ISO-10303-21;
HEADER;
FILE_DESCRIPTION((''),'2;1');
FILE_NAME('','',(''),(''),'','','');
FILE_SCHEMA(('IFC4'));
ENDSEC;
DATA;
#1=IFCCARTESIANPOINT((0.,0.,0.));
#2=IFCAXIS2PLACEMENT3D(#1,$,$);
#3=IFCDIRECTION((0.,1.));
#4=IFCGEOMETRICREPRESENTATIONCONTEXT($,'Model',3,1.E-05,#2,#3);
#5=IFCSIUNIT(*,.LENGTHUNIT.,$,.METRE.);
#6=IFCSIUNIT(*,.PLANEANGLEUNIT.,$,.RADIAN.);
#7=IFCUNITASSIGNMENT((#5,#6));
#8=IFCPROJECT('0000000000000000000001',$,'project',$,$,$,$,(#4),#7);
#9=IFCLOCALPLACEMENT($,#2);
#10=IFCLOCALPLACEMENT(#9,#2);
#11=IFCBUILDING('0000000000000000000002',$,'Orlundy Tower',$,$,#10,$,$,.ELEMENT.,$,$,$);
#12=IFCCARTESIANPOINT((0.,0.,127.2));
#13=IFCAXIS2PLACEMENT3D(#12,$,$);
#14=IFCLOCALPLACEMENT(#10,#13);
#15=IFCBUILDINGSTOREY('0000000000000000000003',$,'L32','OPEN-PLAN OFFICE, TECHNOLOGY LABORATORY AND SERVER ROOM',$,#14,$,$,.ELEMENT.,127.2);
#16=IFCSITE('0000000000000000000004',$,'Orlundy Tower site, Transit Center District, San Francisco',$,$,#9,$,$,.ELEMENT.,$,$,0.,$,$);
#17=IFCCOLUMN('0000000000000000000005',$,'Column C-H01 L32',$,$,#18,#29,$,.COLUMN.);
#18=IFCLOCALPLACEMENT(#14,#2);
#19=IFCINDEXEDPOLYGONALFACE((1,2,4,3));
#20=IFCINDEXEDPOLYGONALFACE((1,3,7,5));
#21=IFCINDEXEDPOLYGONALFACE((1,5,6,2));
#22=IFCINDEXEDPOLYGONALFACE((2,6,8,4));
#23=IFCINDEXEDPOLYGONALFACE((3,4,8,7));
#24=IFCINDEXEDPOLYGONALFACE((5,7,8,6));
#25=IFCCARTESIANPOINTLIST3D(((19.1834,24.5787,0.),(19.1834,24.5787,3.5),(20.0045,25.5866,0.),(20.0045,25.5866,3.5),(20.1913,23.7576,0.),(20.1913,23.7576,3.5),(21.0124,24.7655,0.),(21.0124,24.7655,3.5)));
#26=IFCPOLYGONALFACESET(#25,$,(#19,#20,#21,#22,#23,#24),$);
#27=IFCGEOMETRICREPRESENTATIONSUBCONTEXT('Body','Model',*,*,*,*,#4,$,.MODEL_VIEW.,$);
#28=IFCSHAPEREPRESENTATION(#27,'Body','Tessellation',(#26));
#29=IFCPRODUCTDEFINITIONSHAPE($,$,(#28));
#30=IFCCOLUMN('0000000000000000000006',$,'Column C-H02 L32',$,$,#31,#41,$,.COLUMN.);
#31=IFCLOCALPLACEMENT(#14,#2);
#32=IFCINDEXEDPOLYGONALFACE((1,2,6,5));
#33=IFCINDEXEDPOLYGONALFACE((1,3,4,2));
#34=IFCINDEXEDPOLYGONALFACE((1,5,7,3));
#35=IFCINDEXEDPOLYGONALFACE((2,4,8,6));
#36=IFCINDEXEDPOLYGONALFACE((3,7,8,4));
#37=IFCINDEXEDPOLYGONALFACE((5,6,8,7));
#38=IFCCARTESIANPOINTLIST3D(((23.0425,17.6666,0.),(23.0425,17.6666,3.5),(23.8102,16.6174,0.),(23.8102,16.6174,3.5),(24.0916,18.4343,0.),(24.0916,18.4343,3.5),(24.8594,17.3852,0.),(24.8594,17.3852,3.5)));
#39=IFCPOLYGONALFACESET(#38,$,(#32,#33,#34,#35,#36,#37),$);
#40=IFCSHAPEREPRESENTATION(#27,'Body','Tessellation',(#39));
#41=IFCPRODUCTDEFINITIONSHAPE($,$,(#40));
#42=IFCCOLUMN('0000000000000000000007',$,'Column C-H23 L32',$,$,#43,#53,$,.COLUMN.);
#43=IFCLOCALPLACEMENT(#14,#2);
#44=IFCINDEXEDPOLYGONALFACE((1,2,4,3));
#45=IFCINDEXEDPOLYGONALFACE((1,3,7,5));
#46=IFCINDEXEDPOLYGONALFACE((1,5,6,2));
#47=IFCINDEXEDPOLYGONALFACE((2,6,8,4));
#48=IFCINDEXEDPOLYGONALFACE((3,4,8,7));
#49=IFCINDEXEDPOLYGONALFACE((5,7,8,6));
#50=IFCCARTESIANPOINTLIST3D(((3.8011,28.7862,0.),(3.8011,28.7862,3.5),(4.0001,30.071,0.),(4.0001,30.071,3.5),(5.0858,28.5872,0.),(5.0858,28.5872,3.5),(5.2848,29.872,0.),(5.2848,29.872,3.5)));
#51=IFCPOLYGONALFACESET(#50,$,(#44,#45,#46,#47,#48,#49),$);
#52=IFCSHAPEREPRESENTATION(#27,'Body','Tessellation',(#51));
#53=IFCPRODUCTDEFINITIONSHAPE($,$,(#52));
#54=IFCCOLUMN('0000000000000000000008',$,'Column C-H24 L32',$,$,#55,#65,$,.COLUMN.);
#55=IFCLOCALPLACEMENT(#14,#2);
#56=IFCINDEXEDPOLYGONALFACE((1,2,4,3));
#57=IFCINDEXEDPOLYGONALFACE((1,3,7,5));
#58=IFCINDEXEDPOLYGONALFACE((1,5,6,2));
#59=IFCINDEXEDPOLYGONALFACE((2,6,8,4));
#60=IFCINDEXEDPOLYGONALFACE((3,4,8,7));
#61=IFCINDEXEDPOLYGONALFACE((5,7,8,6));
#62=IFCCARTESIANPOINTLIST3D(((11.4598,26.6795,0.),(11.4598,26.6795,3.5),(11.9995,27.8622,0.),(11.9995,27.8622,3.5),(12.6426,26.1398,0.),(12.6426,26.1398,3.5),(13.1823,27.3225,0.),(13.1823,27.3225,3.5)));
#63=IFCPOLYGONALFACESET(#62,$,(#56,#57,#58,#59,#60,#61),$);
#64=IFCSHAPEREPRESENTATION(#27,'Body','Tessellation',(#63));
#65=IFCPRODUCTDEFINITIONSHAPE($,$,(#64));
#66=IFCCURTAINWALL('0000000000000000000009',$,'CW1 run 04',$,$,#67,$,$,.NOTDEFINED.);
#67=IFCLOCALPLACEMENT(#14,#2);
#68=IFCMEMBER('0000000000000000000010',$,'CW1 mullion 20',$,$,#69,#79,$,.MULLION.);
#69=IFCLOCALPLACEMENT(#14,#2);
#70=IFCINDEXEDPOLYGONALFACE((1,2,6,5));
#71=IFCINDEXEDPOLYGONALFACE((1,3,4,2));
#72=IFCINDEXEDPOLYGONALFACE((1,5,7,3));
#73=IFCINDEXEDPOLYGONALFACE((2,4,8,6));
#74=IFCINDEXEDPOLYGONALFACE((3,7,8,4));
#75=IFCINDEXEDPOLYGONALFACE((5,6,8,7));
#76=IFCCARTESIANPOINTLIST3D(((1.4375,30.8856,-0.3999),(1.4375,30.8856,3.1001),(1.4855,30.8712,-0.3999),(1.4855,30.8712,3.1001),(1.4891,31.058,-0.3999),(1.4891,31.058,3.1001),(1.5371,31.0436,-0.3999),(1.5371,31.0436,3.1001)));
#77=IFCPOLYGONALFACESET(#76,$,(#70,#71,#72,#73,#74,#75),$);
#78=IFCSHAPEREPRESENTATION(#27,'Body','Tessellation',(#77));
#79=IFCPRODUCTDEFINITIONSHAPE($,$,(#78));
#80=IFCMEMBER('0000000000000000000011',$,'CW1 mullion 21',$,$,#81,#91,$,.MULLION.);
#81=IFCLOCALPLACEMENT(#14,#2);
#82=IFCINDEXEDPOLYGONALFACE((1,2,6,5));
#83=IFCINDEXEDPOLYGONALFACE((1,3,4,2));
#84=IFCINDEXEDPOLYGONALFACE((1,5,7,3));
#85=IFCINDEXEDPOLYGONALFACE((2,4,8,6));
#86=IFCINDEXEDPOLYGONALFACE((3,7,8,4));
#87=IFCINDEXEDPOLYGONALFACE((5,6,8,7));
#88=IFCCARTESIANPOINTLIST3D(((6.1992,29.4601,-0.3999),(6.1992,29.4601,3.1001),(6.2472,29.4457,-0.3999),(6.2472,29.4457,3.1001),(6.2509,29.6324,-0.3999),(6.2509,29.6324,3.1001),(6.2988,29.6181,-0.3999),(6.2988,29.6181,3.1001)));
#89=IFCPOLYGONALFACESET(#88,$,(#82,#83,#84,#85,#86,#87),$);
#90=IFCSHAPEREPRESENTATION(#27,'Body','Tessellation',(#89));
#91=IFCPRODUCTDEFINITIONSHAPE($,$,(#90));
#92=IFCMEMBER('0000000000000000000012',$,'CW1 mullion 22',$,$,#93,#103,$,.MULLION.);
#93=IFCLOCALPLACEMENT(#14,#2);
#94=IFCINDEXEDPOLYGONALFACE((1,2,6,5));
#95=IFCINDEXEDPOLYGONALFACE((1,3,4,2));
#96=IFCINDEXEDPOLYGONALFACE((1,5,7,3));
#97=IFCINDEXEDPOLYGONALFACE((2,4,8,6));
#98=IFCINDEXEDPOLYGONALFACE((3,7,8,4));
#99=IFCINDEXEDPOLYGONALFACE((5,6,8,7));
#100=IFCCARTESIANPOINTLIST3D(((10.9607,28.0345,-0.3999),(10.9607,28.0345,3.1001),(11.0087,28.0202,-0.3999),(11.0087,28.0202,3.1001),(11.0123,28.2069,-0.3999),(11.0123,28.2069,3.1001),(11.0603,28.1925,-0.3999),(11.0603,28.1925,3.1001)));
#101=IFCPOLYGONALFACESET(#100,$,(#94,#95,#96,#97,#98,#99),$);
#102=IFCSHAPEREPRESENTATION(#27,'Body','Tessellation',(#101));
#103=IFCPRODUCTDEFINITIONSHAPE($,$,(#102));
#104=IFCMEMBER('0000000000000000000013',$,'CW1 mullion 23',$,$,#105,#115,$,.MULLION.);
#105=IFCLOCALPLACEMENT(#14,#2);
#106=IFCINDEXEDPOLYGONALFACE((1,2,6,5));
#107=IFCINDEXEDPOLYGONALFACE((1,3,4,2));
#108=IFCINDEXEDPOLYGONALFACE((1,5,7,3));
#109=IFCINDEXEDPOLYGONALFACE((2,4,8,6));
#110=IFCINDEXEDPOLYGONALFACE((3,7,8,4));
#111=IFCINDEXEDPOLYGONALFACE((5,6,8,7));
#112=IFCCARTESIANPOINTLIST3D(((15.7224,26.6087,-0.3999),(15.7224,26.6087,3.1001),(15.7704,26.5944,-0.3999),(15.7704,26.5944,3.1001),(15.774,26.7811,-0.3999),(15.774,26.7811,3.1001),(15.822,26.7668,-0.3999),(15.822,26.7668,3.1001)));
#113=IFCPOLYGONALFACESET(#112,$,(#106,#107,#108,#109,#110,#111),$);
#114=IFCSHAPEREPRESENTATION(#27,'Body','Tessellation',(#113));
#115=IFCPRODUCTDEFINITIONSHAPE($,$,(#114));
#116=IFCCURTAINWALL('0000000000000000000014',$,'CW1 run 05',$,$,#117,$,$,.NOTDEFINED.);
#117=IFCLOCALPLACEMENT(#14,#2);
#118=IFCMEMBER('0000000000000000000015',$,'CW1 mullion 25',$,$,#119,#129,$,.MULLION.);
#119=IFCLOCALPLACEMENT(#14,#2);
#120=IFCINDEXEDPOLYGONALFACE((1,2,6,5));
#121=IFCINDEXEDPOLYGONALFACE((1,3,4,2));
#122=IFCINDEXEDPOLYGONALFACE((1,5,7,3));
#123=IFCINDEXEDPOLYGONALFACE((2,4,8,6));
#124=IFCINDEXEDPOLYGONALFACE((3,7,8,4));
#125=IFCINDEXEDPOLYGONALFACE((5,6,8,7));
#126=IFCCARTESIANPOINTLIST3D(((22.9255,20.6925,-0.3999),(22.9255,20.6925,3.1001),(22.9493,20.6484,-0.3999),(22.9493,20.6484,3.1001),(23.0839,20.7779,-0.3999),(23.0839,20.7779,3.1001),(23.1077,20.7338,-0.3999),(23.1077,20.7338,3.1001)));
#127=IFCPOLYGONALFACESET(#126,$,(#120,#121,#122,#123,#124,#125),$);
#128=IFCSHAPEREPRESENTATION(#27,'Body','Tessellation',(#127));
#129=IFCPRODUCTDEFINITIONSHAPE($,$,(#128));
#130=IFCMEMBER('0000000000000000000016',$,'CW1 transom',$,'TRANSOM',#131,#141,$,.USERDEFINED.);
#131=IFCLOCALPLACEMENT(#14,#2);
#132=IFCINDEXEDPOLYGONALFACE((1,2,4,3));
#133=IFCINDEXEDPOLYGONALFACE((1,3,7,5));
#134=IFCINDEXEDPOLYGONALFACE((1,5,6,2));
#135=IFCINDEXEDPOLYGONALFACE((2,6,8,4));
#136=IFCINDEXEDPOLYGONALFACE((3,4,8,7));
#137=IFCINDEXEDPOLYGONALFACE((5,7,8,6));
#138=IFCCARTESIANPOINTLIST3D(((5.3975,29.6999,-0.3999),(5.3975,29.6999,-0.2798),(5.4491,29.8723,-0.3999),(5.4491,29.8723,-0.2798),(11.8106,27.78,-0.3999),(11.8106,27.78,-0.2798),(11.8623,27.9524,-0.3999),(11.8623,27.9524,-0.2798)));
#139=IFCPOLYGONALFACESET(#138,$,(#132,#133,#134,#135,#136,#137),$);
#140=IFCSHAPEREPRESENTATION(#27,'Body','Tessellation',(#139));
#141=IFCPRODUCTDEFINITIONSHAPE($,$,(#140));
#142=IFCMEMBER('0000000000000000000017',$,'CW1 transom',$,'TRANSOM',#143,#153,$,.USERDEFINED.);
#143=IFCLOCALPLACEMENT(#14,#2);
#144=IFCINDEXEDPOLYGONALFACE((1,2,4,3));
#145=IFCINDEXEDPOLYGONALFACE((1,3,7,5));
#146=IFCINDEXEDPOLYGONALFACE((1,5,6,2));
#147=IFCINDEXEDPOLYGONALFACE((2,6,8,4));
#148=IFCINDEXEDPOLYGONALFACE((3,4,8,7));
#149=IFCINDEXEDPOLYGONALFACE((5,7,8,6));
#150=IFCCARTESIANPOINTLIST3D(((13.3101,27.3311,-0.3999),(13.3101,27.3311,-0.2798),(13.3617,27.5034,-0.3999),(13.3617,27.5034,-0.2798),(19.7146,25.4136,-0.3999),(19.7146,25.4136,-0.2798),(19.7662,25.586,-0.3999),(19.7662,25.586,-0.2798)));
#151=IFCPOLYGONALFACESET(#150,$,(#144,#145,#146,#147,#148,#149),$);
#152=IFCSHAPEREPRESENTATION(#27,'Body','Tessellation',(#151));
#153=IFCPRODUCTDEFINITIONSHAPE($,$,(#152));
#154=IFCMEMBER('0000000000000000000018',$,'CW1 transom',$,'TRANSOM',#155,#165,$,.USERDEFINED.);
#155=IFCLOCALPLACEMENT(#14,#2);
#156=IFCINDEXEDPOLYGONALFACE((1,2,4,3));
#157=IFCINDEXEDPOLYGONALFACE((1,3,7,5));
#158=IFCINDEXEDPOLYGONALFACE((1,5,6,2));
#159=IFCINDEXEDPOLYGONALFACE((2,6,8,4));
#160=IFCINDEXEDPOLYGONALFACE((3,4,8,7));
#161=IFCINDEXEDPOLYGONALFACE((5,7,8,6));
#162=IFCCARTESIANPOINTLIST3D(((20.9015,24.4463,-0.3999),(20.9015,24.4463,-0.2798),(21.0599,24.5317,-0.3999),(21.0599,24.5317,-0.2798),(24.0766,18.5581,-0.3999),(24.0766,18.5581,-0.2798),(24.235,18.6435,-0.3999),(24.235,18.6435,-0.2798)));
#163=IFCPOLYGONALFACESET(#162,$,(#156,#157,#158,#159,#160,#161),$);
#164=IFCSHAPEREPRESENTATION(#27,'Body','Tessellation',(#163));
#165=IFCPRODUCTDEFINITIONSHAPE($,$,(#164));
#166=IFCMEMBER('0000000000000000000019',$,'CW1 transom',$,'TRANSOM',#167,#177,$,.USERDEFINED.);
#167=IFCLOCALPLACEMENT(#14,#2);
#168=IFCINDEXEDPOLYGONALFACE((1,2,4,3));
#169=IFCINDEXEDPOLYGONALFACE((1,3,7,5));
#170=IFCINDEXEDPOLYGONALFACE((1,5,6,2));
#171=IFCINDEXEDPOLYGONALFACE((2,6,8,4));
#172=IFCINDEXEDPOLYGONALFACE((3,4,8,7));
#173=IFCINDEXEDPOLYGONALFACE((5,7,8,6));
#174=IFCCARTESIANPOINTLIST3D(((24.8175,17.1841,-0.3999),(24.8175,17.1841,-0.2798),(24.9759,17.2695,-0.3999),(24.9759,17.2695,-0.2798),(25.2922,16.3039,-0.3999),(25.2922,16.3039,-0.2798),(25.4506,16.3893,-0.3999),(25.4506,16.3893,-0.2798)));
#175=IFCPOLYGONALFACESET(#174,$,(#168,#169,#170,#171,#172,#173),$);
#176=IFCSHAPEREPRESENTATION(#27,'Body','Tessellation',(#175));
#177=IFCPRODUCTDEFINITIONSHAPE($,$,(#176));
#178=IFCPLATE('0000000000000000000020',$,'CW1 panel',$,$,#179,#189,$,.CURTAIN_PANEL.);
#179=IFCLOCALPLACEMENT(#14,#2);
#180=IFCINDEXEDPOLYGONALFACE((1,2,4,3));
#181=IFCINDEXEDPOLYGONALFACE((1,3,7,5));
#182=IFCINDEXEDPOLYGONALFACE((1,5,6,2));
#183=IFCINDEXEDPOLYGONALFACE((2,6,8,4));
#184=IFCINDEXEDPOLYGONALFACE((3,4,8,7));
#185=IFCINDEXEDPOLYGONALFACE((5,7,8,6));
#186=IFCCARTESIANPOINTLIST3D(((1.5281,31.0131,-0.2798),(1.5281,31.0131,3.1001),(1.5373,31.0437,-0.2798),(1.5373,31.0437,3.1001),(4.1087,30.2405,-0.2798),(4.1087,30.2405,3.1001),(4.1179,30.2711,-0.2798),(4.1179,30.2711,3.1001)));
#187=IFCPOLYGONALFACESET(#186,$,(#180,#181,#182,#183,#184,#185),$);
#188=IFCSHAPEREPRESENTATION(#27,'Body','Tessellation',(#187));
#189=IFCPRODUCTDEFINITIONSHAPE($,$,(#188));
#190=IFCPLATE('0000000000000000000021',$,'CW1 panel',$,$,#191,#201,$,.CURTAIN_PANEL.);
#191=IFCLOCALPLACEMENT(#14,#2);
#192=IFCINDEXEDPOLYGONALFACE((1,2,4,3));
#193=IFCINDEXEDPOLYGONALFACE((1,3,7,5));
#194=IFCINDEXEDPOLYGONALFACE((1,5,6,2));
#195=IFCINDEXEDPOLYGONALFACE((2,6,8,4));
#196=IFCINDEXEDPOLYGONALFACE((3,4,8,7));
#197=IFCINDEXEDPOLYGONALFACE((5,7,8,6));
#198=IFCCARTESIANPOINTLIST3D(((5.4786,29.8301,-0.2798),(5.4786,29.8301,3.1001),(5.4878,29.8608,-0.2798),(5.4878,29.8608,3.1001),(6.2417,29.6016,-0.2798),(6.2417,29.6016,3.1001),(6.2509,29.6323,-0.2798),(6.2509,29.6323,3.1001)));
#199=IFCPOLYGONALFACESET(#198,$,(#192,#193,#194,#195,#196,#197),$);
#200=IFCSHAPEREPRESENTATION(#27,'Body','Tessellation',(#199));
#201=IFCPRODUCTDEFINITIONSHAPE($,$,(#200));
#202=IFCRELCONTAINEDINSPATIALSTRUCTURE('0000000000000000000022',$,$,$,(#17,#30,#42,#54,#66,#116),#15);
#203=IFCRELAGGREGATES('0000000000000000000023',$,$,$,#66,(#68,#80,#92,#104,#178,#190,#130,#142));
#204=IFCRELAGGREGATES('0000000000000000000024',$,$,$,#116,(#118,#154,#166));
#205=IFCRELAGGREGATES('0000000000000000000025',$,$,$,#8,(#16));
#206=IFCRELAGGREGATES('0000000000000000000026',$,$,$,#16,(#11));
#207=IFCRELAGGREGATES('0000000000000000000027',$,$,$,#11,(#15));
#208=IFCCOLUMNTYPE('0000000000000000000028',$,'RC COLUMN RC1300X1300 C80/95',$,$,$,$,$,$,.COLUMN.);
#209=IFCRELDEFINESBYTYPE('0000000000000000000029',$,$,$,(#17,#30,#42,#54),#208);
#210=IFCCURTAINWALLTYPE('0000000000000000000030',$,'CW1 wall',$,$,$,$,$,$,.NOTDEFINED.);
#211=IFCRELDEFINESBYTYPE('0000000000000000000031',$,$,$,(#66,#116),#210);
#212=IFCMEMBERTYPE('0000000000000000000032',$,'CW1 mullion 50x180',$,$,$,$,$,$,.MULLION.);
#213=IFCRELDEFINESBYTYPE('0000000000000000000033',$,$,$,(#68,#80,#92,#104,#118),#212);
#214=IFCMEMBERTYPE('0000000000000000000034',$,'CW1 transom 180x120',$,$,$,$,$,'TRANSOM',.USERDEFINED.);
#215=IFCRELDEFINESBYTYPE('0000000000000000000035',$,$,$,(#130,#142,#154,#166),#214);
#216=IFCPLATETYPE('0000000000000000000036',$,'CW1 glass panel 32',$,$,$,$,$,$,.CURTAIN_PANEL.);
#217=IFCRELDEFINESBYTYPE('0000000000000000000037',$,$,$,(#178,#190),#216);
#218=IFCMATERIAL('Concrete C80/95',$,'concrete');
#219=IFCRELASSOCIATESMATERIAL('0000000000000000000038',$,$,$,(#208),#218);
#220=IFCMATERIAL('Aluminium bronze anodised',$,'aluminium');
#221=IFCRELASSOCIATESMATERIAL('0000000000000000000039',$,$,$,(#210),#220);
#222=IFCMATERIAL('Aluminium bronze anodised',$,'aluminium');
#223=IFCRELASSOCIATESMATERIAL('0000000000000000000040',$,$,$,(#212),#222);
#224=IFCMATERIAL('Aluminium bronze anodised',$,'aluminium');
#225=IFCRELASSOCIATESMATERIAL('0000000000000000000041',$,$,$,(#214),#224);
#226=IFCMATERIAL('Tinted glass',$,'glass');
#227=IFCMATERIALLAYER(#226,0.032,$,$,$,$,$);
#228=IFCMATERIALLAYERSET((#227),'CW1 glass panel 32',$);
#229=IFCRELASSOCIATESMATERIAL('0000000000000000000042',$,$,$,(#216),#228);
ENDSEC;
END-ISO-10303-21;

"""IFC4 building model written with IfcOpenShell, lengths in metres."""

from ifc_helpers import new_model, si_unit, direction, frame, origin, origin_2d, place, context, subcontext, project, spatial, rectangle, extrude, material, layer, layer_set, material_profile, profile_set, type_object, element, aggregate, save


model = new_model("IFC4")

# Units and contexts
model_context = context("Model", 3, precision=1e-05, world=origin(), true_north=direction((0.0, 1.0)))
body_context = subcontext(model_context, "Body", "Model", "MODEL_VIEW")
ifc_project = project(units=[si_unit("LENGTHUNIT", "METRE"), si_unit("PLANEANGLEUNIT", "RADIAN")], contexts=[model_context])

# Site, building, storey
site_placement = place(None, origin())
site = spatial("IfcSite", under=ifc_project, at=site_placement, Name="Orlundy Tower site, Transit Center District, San Francisco", CompositionType="ELEMENT", RefElevation=0.0)
building_placement = place(site_placement, origin())
building = spatial("IfcBuilding", under=site, at=building_placement, Name="Orlundy Tower", CompositionType="ELEMENT")
storey_placement = place(building_placement, frame((0.0, 0.0, 127.2)))
storey = spatial("IfcBuildingStorey", under=building, at=storey_placement, Name="L32", Description="OPEN-PLAN OFFICE, TECHNOLOGY LABORATORY AND SERVER ROOM", CompositionType="ELEMENT", Elevation=127.2)

# Columns
ifc_material_1 = material(Name="Concrete C80/95", Category="concrete")
ifc_material_profile_1 = material_profile(ifc_material_1, rectangle(XDim=1.3, YDim=1.3, at=origin_2d()), Name="RC1300X1300")
ifc_profile_set_1 = profile_set([ifc_material_profile_1], Name="Concrete C80/95")
column_type = type_object("IfcColumnType", Name="RC COLUMN RC1300X1300 C80/95", PredefinedType="COLUMN", material=ifc_profile_set_1)
for number, where, z_axis, x_axis, name in (
    (1, (20.0979, 24.6721, 0.0), (0.0, 0.0, 1.0), (0.631583, 0.775308, 0.0), "Column C-H01 L32"),
    (2, (23.9509, 17.5259, 0.0), (0.0, 0.0, 1.0), (0.807012, 0.590535, 0.0), "Column C-H02 L32"),
    (3, (4.543, 29.3291, 0.0), (0.0, 0.0, 1.0), (0.153072, 0.988215, 0.0), "Column C-H23 L32"),
    (4, (12.321, 27.001, 0.0), (0.0, 0.0, 1.0), (0.415138, 0.909759, 0.0), "Column C-H24 L32"),
):
    element("IfcColumn", number, at=place(storey_placement, frame(where, z_axis=z_axis, x_axis=x_axis)), inside=storey, type_object=column_type, Name=name, PredefinedType="COLUMN", context=body_context, shape_type="SweptSolid", body=[
        extrude(rectangle(XDim=1.3, YDim=1.3, at=origin_2d()), origin(), (0.0, 0.0, 1.0), 3.5),
    ])

# Curtain wall, members
ifc_material_2 = material(Name="Aluminium bronze anodised", Category="aluminium")
curtain_wall_type = type_object("IfcCurtainWallType", Name="CW1 wall", PredefinedType="NOTDEFINED", material=ifc_material_2)
curtain_wall_1_placement = place(storey_placement, origin())
curtain_wall_1 = element("IfcCurtainWall", 5, at=curtain_wall_1_placement, inside=storey, type_object=curtain_wall_type, Name="CW1 run 04", PredefinedType="NOTDEFINED")
ifc_material_3 = material(Name="Aluminium bronze anodised", Category="aluminium")
ifc_material_profile_2 = material_profile(ifc_material_3, rectangle(XDim=0.1799, YDim=0.05, at=origin_2d()), Name="CW1 mullion 50x180")
ifc_profile_set_2 = profile_set([ifc_material_profile_2], Name="Aluminium bronze anodised")
member_type_1 = type_object("IfcMemberType", Name="CW1 mullion 50x180", PredefinedType="MULLION", material=ifc_profile_set_2)
member_1_placement = place(storey_placement, frame((1.4873, 30.9646, -0.3999), z_axis=(0.0, 0.0, 1.0), x_axis=(0.286816, 0.957986, 0.0)))
member_1 = element("IfcMember", 6, at=member_1_placement, type_object=member_type_1, Name="CW1 mullion 20", PredefinedType="MULLION", context=body_context, shape_type="SweptSolid", body=[
    extrude(rectangle(XDim=0.1799, YDim=0.05, at=origin_2d()), origin(), (0.0, 0.0, 1.0), 3.5),
])
member_2_placement = place(storey_placement, frame((6.249, 29.5391, -0.3999), z_axis=(0.0, 0.0, 1.0), x_axis=(0.286816, 0.957986, 0.0)))
member_2 = element("IfcMember", 7, at=member_2_placement, type_object=member_type_1, Name="CW1 mullion 21", PredefinedType="MULLION", context=body_context, shape_type="SweptSolid", body=[
    extrude(rectangle(XDim=0.1799, YDim=0.05, at=origin_2d()), origin(), (0.0, 0.0, 1.0), 3.5),
])
member_3_placement = place(storey_placement, frame((11.0105, 28.1135, -0.3999), z_axis=(0.0, 0.0, 1.0), x_axis=(0.286816, 0.957986, 0.0)))
member_3 = element("IfcMember", 8, at=member_3_placement, type_object=member_type_1, Name="CW1 mullion 22", PredefinedType="MULLION", context=body_context, shape_type="SweptSolid", body=[
    extrude(rectangle(XDim=0.1799, YDim=0.05, at=origin_2d()), origin(), (0.0, 0.0, 1.0), 3.5),
])
member_4_placement = place(storey_placement, frame((15.7722, 26.6877, -0.3999), z_axis=(0.0, 0.0, 1.0), x_axis=(0.286816, 0.957986, 0.0)))
member_4 = element("IfcMember", 9, at=member_4_placement, type_object=member_type_1, Name="CW1 mullion 23", PredefinedType="MULLION", context=body_context, shape_type="SweptSolid", body=[
    extrude(rectangle(XDim=0.1799, YDim=0.05, at=origin_2d()), origin(), (0.0, 0.0, 1.0), 3.5),
])

# Curtain wall, member
curtain_wall_2_placement = place(storey_placement, origin())
curtain_wall_2 = element("IfcCurtainWall", 10, at=curtain_wall_2_placement, inside=storey, type_object=curtain_wall_type, Name="CW1 run 05", PredefinedType="NOTDEFINED")
member_5_placement = place(storey_placement, frame((23.0166, 20.7131, -0.3999), z_axis=(0.0, 0.0, 1.0), x_axis=(0.880189, 0.474624, 0.0)))
member_5 = element("IfcMember", 11, at=member_5_placement, type_object=member_type_1, Name="CW1 mullion 25", PredefinedType="MULLION", context=body_context, shape_type="SweptSolid", body=[
    extrude(rectangle(XDim=0.1799, YDim=0.05, at=origin_2d()), origin(), (0.0, 0.0, 1.0), 3.5),
])

# Members
ifc_material_4 = material(Name="Aluminium bronze anodised", Category="aluminium")
ifc_material_profile_3 = material_profile(ifc_material_4, rectangle(XDim=0.1799, YDim=0.1201, at=origin_2d()), Name="CW1 transom 180x120")
ifc_profile_set_3 = profile_set([ifc_material_profile_3], Name="Aluminium bronze anodised")
member_type_2 = type_object("IfcMemberType", Name="CW1 transom 180x120", ElementType="TRANSOM", PredefinedType="USERDEFINED", material=ifc_profile_set_3)
member_6_placement = place(storey_placement, frame((5.4233, 29.7861, -0.3398), z_axis=(0.957991, -0.286799, 0.0), x_axis=(0.286799, 0.957991, 0.0)))
member_6 = element("IfcMember", 12, at=member_6_placement, type_object=member_type_2, Name="CW1 transom", ObjectType="TRANSOM", PredefinedType="USERDEFINED", context=body_context, shape_type="SweptSolid", body=[
    extrude(rectangle(XDim=0.1799, YDim=0.1201, at=origin_2d()), origin(), (0.0, 0.0, 1.0), 6.6943),
])
member_7_placement = place(storey_placement, frame((13.3359, 27.4172, -0.3398), z_axis=(0.957986, -0.286815, 0.0), x_axis=(0.286815, 0.957986, 0.0)))
member_7 = element("IfcMember", 13, at=member_7_placement, type_object=member_type_2, Name="CW1 transom", ObjectType="TRANSOM", PredefinedType="USERDEFINED", context=body_context, shape_type="SweptSolid", body=[
    extrude(rectangle(XDim=0.1799, YDim=0.1201, at=origin_2d()), origin(), (0.0, 0.0, 1.0), 6.6853),
])
member_8_placement = place(storey_placement, frame((20.9807, 24.489, -0.3398), z_axis=(0.47462, -0.880191, 0.0), x_axis=(0.880191, 0.47462, 0.0)))
member_8 = element("IfcMember", 14, at=member_8_placement, type_object=member_type_2, Name="CW1 transom", ObjectType="TRANSOM", PredefinedType="USERDEFINED", context=body_context, shape_type="SweptSolid", body=[
    extrude(rectangle(XDim=0.1799, YDim=0.1201, at=origin_2d()), origin(), (0.0, 0.0, 1.0), 6.6897),
])
member_9_placement = place(storey_placement, frame((24.8967, 17.2268, -0.3398), z_axis=(0.474638, -0.880181, 0.0), x_axis=(0.880181, 0.474638, 0.0)))
member_9 = element("IfcMember", 15, at=member_9_placement, type_object=member_type_2, Name="CW1 transom", ObjectType="TRANSOM", PredefinedType="USERDEFINED", context=body_context, shape_type="SweptSolid", body=[
    extrude(rectangle(XDim=0.1799, YDim=0.1201, at=origin_2d()), origin(), (0.0, 0.0, 1.0), 1.0),
])

# Plates
ifc_material_5 = material(Name="Tinted glass", Category="glass")
ifc_layer_1 = layer(ifc_material_5, 0.032)
ifc_layer_set_1 = layer_set([ifc_layer_1], Name="CW1 glass panel 32")
plate_type = type_object("IfcPlateType", Name="CW1 glass panel 32", PredefinedType="CURTAIN_PANEL", material=ifc_layer_set_1)
plate_1_placement = place(storey_placement, frame((2.823, 30.6421, -0.2798), z_axis=(0.0, 0.0, 1.0), x_axis=(0.957986, -0.286816, 0.0)))
plate_1 = element("IfcPlate", 16, at=plate_1_placement, type_object=plate_type, Name="CW1 panel", PredefinedType="CURTAIN_PANEL", context=body_context, shape_type="SweptSolid", body=[
    extrude(rectangle(XDim=2.6938, YDim=0.032, at=origin_2d()), origin(), (0.0, 0.0, 1.0), 3.3799),
])
plate_2_placement = place(storey_placement, frame((5.8647, 29.7312, -0.2798), z_axis=(0.0, 0.0, 1.0), x_axis=(0.957986, -0.286816, 0.0)))
plate_2 = element("IfcPlate", 17, at=plate_2_placement, type_object=plate_type, Name="CW1 panel", PredefinedType="CURTAIN_PANEL", context=body_context, shape_type="SweptSolid", body=[
    extrude(rectangle(XDim=0.7966, YDim=0.032, at=origin_2d()), origin(), (0.0, 0.0, 1.0), 3.3799),
])
aggregate(curtain_wall_1, [member_1, member_2, member_3, member_4, plate_1, plate_2, member_6, member_7])
aggregate(curtain_wall_2, [member_5, member_8, member_9])

save(model, "model.ifc")
